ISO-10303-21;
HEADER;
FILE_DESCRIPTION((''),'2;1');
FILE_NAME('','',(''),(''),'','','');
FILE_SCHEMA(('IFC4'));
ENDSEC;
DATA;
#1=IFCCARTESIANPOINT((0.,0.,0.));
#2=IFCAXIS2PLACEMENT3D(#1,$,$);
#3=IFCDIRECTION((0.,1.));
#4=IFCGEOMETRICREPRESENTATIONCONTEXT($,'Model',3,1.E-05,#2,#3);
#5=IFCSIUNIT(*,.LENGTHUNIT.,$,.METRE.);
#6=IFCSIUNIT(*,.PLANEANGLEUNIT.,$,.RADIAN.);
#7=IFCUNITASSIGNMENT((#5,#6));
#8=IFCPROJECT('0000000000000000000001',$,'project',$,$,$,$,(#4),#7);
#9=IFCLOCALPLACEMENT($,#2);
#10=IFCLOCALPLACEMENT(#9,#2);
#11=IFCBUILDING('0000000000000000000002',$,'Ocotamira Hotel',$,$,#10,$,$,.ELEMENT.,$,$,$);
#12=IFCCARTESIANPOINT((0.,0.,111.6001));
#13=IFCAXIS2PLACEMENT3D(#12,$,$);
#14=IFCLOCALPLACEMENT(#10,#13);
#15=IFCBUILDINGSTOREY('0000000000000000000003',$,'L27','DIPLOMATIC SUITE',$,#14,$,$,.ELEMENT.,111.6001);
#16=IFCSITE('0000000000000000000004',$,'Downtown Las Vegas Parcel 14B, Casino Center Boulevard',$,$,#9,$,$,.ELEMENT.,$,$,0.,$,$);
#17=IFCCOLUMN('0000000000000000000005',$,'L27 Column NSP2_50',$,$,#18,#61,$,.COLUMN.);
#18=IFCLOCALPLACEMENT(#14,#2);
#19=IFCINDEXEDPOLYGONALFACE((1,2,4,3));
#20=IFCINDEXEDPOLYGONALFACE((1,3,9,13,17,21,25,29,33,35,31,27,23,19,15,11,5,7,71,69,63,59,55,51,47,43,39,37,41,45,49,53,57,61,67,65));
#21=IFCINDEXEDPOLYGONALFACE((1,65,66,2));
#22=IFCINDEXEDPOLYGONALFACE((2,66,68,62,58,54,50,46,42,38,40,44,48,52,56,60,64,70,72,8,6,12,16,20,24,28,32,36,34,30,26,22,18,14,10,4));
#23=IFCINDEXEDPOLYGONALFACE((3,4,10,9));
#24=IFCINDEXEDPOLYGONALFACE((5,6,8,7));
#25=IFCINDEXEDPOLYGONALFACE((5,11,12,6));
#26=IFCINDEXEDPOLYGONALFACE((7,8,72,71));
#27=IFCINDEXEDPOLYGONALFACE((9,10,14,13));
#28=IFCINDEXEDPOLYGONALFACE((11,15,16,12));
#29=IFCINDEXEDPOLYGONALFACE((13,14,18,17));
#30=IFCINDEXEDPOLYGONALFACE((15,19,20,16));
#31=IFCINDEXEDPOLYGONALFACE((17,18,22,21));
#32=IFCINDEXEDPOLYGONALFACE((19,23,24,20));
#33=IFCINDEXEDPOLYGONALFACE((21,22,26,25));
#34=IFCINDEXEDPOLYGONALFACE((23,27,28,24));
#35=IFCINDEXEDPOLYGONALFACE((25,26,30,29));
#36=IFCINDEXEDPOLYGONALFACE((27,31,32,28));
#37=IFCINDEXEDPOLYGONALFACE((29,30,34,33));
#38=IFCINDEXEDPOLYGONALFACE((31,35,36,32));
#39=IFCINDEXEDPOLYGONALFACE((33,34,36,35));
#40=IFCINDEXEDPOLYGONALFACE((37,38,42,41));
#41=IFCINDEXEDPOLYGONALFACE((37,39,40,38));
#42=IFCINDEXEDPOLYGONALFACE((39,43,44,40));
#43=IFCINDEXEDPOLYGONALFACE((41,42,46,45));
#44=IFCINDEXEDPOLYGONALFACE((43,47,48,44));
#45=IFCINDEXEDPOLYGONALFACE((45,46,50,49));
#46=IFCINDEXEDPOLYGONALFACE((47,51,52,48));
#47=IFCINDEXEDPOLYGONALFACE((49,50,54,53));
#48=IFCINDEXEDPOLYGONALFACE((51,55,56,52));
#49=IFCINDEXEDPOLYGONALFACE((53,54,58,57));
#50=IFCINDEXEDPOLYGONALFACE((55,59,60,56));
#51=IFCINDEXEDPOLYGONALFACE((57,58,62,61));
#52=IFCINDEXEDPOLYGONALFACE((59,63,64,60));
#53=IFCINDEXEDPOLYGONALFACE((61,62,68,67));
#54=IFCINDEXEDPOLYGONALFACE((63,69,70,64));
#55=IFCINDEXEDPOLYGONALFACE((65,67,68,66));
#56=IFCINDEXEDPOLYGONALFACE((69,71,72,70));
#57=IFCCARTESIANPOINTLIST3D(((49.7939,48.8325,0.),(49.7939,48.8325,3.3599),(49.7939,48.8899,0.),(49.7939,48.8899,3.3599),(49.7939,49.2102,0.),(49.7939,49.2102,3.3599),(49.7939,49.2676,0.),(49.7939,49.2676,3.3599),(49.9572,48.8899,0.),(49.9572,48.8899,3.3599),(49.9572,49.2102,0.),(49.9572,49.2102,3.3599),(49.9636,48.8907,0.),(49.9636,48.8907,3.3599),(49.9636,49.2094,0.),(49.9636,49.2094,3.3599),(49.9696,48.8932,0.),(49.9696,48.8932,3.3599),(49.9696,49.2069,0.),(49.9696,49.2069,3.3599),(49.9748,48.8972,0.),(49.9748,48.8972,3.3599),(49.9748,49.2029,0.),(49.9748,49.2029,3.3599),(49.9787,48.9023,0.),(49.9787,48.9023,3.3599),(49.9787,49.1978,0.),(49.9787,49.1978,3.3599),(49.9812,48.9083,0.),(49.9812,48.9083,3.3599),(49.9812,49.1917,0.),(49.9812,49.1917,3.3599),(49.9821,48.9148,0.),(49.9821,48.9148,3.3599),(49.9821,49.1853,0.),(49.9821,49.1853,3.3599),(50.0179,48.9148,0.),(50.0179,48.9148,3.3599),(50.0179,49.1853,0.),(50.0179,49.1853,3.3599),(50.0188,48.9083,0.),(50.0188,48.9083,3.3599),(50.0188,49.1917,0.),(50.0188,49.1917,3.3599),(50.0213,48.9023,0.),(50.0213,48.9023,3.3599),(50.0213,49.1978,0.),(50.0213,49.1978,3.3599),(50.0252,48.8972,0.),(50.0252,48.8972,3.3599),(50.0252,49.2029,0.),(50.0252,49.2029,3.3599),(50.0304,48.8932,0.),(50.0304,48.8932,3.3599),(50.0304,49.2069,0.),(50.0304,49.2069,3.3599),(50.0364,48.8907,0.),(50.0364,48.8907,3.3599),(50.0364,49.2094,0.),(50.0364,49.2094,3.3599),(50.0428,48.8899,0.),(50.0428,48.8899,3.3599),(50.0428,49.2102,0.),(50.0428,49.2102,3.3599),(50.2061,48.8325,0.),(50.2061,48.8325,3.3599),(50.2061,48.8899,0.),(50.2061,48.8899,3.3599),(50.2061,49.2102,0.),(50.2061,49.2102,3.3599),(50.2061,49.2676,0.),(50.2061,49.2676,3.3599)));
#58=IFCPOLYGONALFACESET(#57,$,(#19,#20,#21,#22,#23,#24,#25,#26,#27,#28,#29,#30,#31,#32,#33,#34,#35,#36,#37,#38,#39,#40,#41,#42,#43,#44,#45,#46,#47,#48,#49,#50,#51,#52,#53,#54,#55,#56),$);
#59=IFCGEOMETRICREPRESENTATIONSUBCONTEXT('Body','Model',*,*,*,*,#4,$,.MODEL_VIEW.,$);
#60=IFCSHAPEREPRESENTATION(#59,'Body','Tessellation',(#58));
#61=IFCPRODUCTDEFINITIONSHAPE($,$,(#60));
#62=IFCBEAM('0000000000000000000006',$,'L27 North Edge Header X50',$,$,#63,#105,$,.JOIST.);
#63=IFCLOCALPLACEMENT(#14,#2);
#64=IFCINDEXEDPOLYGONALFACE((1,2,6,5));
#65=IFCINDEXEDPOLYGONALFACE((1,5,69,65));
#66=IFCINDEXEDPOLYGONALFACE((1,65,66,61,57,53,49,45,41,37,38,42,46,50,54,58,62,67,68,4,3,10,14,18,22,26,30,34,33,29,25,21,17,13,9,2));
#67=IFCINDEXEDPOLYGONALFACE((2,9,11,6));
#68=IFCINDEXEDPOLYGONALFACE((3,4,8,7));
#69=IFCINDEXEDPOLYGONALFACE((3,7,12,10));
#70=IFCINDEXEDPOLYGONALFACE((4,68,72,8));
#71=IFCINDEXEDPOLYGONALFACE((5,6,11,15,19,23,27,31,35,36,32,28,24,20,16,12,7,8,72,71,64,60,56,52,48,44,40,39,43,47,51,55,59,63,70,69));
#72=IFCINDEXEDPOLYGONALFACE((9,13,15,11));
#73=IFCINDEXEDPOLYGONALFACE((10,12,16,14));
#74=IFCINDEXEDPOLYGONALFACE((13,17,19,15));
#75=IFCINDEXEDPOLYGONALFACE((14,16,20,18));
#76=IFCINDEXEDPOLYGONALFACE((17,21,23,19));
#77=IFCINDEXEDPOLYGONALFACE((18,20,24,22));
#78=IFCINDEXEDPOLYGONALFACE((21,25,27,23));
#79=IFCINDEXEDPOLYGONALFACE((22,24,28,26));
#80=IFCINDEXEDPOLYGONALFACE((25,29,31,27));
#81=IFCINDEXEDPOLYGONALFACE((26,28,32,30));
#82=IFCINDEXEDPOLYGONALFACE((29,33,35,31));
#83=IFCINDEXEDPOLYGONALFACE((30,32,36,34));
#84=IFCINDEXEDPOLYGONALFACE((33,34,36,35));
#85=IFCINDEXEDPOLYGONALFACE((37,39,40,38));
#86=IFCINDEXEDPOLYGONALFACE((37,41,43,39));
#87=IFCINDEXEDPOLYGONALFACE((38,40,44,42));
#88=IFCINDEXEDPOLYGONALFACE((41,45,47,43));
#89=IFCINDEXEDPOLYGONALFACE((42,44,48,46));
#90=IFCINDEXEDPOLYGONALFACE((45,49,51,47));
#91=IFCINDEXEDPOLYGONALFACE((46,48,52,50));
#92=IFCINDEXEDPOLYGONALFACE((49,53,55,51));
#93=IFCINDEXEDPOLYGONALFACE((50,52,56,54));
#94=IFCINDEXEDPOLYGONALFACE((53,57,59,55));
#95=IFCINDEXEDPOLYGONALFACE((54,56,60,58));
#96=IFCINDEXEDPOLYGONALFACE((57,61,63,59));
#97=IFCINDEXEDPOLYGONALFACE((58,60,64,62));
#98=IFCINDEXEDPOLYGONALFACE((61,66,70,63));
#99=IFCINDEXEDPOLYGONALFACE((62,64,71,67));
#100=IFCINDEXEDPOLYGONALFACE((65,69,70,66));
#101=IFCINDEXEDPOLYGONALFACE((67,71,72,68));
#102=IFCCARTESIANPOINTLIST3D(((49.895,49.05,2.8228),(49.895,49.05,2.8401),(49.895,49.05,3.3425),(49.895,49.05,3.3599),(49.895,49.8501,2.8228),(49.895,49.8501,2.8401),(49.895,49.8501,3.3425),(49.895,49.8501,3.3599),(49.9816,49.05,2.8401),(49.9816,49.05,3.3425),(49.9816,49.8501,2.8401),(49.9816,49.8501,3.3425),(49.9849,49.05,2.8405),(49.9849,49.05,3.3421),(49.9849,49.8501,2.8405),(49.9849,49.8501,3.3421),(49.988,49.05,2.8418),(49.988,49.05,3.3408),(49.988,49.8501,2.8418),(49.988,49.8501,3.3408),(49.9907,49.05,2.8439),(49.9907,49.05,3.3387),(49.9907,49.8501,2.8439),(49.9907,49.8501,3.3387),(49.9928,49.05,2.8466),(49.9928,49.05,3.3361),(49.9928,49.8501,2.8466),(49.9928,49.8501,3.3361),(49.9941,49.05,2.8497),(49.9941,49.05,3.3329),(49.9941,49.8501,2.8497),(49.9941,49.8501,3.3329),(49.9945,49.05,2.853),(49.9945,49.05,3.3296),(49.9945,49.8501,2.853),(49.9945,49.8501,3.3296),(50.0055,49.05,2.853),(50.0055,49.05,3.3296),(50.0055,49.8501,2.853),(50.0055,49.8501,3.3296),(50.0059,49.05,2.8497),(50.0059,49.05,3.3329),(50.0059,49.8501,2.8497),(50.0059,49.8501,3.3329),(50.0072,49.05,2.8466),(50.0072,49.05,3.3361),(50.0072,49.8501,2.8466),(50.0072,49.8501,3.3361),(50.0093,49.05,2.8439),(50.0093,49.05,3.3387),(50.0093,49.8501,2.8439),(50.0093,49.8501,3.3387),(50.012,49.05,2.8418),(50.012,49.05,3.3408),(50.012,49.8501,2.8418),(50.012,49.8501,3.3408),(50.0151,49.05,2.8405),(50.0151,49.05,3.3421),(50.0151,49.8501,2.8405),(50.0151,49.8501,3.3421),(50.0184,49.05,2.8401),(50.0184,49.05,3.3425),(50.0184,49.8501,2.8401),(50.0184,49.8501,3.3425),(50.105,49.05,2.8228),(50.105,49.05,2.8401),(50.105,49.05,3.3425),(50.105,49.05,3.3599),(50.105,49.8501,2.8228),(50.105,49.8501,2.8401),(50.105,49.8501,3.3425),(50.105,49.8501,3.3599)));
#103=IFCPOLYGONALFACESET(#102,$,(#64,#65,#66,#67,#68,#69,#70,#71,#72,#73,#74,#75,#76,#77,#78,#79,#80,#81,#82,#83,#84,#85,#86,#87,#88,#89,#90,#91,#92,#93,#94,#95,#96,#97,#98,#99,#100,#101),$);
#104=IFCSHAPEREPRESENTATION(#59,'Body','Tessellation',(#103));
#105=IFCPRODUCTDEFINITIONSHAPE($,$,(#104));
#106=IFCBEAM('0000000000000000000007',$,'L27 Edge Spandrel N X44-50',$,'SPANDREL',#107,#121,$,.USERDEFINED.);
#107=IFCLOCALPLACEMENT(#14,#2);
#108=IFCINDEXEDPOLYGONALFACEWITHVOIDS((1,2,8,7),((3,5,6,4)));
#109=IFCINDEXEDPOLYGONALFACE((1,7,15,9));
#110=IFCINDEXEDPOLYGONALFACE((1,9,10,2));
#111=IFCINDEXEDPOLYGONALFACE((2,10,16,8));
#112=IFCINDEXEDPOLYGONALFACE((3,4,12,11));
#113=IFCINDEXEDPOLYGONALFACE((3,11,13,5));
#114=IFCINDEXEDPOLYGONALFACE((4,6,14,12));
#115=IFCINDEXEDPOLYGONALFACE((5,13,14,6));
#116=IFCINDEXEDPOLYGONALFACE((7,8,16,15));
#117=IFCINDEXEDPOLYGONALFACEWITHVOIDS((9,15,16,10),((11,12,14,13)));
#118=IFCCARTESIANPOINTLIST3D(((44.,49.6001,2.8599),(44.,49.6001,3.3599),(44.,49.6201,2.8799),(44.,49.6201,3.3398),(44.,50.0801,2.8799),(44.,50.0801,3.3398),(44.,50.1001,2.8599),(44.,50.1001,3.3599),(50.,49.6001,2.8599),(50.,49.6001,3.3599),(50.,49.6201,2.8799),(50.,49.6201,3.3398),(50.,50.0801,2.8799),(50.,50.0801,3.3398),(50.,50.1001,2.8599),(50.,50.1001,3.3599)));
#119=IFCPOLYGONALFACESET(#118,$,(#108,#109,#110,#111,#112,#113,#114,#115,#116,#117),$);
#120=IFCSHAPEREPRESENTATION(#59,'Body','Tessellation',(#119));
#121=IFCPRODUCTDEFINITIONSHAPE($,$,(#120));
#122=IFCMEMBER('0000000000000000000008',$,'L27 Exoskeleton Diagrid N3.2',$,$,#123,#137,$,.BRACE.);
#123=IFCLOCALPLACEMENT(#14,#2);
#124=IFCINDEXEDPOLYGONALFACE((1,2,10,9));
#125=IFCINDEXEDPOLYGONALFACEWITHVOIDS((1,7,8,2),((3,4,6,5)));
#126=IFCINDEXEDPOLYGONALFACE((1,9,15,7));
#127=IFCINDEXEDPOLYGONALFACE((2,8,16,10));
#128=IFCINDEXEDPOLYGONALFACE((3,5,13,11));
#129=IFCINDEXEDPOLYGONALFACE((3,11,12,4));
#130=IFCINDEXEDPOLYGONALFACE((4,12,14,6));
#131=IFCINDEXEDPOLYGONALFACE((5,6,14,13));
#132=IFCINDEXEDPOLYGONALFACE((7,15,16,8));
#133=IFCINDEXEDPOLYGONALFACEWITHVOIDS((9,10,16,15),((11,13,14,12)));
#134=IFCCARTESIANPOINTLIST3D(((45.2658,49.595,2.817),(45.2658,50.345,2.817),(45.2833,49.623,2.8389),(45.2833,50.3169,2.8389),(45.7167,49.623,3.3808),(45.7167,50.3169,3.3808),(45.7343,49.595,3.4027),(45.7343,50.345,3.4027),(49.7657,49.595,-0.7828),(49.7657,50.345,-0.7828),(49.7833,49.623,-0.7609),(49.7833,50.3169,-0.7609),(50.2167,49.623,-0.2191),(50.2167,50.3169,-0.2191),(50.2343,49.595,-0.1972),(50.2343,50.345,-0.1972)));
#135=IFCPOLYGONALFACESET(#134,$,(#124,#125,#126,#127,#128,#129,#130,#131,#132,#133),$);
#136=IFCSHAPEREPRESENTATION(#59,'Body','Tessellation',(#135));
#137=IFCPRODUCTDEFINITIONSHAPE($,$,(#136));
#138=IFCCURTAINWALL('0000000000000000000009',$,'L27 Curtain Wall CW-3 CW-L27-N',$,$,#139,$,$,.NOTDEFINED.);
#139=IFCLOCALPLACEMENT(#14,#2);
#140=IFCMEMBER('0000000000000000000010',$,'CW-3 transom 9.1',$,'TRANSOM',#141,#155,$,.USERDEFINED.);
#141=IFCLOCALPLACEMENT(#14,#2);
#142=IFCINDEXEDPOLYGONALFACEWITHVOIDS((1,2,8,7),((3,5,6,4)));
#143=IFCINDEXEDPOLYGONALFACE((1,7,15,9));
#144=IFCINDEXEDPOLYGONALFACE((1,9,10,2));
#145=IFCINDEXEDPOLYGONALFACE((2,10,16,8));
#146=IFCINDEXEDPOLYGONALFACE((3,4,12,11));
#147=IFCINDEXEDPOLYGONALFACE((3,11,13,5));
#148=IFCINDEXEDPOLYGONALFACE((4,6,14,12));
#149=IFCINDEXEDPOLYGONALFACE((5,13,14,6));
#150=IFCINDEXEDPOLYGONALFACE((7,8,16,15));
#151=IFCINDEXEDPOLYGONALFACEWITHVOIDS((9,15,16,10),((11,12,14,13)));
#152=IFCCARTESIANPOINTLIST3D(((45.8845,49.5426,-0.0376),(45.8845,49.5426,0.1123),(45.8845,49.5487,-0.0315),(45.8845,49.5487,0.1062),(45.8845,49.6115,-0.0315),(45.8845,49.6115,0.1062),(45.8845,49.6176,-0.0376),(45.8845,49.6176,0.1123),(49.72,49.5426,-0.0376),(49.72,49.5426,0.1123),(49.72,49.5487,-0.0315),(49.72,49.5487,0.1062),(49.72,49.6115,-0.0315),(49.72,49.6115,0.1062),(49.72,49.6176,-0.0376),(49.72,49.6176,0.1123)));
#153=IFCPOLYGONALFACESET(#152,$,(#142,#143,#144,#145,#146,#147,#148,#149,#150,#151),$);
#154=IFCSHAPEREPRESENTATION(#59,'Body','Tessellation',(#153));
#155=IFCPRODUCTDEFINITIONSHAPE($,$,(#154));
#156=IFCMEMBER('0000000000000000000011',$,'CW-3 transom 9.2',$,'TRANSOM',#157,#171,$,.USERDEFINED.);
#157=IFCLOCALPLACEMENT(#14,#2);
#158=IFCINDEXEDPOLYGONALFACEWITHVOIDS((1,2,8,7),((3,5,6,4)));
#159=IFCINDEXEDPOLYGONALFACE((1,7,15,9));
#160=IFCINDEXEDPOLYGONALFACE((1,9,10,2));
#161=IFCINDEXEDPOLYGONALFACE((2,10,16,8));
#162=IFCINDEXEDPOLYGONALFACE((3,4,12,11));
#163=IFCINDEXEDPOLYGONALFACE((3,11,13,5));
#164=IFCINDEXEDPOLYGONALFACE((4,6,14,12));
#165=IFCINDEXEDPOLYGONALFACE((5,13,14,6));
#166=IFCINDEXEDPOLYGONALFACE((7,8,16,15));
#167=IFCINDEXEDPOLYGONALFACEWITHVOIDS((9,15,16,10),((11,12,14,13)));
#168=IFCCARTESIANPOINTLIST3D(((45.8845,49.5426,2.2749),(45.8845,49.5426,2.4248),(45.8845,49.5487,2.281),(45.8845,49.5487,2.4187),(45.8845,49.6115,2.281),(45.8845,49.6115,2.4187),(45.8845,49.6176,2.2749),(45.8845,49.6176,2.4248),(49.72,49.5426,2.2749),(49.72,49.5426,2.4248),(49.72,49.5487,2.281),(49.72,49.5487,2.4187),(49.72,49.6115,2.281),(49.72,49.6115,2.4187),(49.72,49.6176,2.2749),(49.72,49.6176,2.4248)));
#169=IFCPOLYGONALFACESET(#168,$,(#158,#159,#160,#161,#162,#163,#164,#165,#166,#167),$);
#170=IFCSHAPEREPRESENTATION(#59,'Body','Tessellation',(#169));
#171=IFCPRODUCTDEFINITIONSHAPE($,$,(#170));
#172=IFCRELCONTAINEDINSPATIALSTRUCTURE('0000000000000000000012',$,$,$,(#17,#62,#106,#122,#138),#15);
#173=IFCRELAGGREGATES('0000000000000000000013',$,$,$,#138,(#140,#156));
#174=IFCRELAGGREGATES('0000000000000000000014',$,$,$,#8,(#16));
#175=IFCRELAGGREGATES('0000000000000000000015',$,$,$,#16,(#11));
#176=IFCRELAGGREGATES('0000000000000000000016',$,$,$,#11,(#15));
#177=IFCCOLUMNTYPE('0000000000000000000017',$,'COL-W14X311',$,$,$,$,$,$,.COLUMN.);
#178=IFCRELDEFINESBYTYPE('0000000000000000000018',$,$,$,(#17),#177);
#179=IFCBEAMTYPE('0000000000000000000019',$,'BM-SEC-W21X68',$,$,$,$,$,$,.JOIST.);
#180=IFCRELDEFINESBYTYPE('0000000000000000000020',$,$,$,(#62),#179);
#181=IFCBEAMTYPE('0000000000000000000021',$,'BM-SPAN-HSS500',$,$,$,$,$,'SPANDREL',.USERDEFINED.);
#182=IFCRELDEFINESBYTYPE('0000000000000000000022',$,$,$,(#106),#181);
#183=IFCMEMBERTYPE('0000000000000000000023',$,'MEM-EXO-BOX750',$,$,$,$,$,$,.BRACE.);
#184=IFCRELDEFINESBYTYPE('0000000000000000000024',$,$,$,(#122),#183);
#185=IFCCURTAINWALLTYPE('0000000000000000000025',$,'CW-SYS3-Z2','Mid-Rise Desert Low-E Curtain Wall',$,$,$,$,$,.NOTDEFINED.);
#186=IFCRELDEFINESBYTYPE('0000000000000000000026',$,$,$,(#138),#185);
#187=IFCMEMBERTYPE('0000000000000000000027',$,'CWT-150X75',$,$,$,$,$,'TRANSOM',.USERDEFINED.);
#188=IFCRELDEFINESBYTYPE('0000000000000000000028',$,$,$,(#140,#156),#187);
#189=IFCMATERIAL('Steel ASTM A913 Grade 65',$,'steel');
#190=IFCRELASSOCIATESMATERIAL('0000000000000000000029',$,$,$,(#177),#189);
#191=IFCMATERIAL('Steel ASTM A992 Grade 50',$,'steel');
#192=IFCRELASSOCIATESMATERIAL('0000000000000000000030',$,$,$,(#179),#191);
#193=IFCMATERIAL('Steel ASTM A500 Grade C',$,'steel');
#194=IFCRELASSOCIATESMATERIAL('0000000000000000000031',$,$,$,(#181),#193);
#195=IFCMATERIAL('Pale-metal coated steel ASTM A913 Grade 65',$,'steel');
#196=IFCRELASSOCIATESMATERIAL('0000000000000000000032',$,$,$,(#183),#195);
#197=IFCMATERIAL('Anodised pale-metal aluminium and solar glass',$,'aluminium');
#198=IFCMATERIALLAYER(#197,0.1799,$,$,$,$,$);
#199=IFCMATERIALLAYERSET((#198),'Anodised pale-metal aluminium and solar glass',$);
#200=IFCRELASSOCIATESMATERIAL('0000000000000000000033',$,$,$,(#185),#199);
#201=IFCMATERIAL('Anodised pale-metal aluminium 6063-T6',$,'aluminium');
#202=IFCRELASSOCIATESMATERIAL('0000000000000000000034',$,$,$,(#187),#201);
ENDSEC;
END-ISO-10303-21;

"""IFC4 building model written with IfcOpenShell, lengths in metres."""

from ifc_helpers import new_model, si_unit, direction, frame, origin, origin_2d, place, context, subcontext, project, spatial, hollow_rectangle, i_section, extrude, source, transform, mapped, material, layer, layer_set, material_profile, profile_set, type_object, element, aggregate, save


model = new_model("IFC4")

# Units and contexts
model_context = context("Model", 3, precision=1e-05, world=origin(), true_north=direction((0.0, 1.0)))
body_context = subcontext(model_context, "Body", "Model", "MODEL_VIEW")
ifc_project = project(units=[si_unit("LENGTHUNIT", "METRE"), si_unit("PLANEANGLEUNIT", "RADIAN")], contexts=[model_context])

# Site, building, storey
site_placement = place(None, origin())
site = spatial("IfcSite", under=ifc_project, at=site_placement, Name="Downtown Las Vegas Parcel 14B, Casino Center Boulevard", CompositionType="ELEMENT", RefElevation=0.0)
building_placement = place(site_placement, origin())
building = spatial("IfcBuilding", under=site, at=building_placement, Name="Ocotamira Hotel", CompositionType="ELEMENT")
storey_placement = place(building_placement, frame((0.0, 0.0, 111.6001)))
storey = spatial("IfcBuildingStorey", under=building, at=storey_placement, Name="L27", Description="DIPLOMATIC SUITE", CompositionType="ELEMENT", Elevation=111.6001)

# Column
ifc_material_1 = material(Name="Steel ASTM A913 Grade 65", Category="steel")
ifc_material_profile_1 = material_profile(ifc_material_1, i_section(OverallWidth=0.4121, OverallDepth=0.4351, WebThickness=0.0359, FlangeThickness=0.0574, FilletRadius=0.0249, at=origin_2d()), Name="W14X311")
ifc_profile_set_1 = profile_set([ifc_material_profile_1], Name="Steel ASTM A913 Grade 65")
column_type = type_object("IfcColumnType", Name="COL-W14X311", PredefinedType="COLUMN", material=ifc_profile_set_1)
shared_shape_1 = source(origin(), body_context, "Body", "SweptSolid", [
    extrude(i_section(OverallWidth=0.4121, OverallDepth=0.4351, WebThickness=0.0359, FlangeThickness=0.0574, FilletRadius=0.0249, at=origin_2d()), origin(), (0.0, 0.0, 1.0), 3.3599),
])
column_placement = place(storey_placement, frame((50.0, 49.05, 0.0), z_axis=(0.0, 0.0, 1.0), x_axis=(1.0, 0.0, 0.0)))
element("IfcColumn", 1, at=column_placement, inside=storey, type_object=column_type, Name="L27 Column NSP2_50", PredefinedType="COLUMN", context=body_context, shape_type="MappedRepresentation", body=[
    mapped(shared_shape_1, transform((0.0, 0.0, 0.0), scale=1.0)),
])

# Beams
ifc_material_2 = material(Name="Steel ASTM A992 Grade 50", Category="steel")
ifc_material_profile_2 = material_profile(ifc_material_2, i_section(OverallWidth=0.21, OverallDepth=0.5371, WebThickness=0.011, FlangeThickness=0.0173, FilletRadius=0.0129, at=origin_2d()), Name="W21X68")
ifc_profile_set_2 = profile_set([ifc_material_profile_2], Name="Steel ASTM A992 Grade 50")
beam_type_1 = type_object("IfcBeamType", Name="BM-SEC-W21X68", PredefinedType="JOIST", material=ifc_profile_set_2)
shared_shape_2 = source(origin(), body_context, "Body", "SweptSolid", [
    extrude(i_section(OverallWidth=0.21, OverallDepth=0.5371, WebThickness=0.011, FlangeThickness=0.0173, FilletRadius=0.0129, at=origin_2d()), origin(), (0.0, 0.0, 1.0), 0.8),
])
beam_1_placement = place(storey_placement, frame((50.0, 49.05, 3.0913), z_axis=(0.0, 1.0, 0.0), x_axis=(-1.0, 0.0, 0.0)))
element("IfcBeam", 2, at=beam_1_placement, inside=storey, type_object=beam_type_1, Name="L27 North Edge Header X50", PredefinedType="JOIST", context=body_context, shape_type="MappedRepresentation", body=[
    mapped(shared_shape_2, transform((0.0, 0.0, 0.0), scale=1.0)),
])
ifc_material_3 = material(Name="Steel ASTM A500 Grade C", Category="steel")
ifc_material_profile_3 = material_profile(ifc_material_3, hollow_rectangle(XDim=0.5, YDim=0.5, WallThickness=0.02, at=origin_2d()), Name="HSS500X500X20")
ifc_profile_set_3 = profile_set([ifc_material_profile_3], Name="Steel ASTM A500 Grade C")
beam_type_2 = type_object("IfcBeamType", Name="BM-SPAN-HSS500", ElementType="SPANDREL", PredefinedType="USERDEFINED", material=ifc_profile_set_3)
shared_shape_3 = source(origin(), body_context, "Body", "SweptSolid", [
    extrude(hollow_rectangle(XDim=0.5, YDim=0.5, WallThickness=0.02, at=origin_2d()), origin(), (0.0, 0.0, 1.0), 6.0),
])
beam_2_placement = place(storey_placement, frame((44.0, 49.8501, 3.1099), z_axis=(1.0, 0.0, 0.0), x_axis=(0.0, 1.0, 0.0)))
element("IfcBeam", 3, at=beam_2_placement, inside=storey, type_object=beam_type_2, Name="L27 Edge Spandrel N X44-50", ObjectType="SPANDREL", PredefinedType="USERDEFINED", context=body_context, shape_type="MappedRepresentation", body=[
    mapped(shared_shape_3, transform((0.0, 0.0, 0.0), scale=1.0)),
])

# Member
ifc_material_4 = material(Name="Pale-metal coated steel ASTM A913 Grade 65", Category="steel")
ifc_material_profile_4 = material_profile(ifc_material_4, hollow_rectangle(XDim=0.75, YDim=0.75, WallThickness=0.0281, at=origin_2d()), Name="BOX750X750X28")
ifc_profile_set_4 = profile_set([ifc_material_profile_4], Name="Pale-metal coated steel ASTM A913 Grade 65")
member_type_1 = type_object("IfcMemberType", Name="MEM-EXO-BOX750", PredefinedType="BRACE", material=ifc_profile_set_4)
shared_shape_4 = source(origin(), body_context, "Body", "SweptSolid", [
    extrude(hollow_rectangle(XDim=0.75, YDim=0.75, WallThickness=0.0281, at=origin_2d()), origin(), (0.0, 0.0, 1.0), 5.7627),
])
member_1_placement = place(storey_placement, frame((50.0, 49.97, -0.49), z_axis=(-0.780881, 0.0, 0.62468), x_axis=(0.0, -1.0, 0.0)))
element("IfcMember", 4, at=member_1_placement, inside=storey, type_object=member_type_1, Name="L27 Exoskeleton Diagrid N3.2", PredefinedType="BRACE", context=body_context, shape_type="MappedRepresentation", body=[
    mapped(shared_shape_4, transform((0.0, 0.0, 0.0), scale=1.0)),
])

# Curtain wall, members
ifc_material_5 = material(Name="Anodised pale-metal aluminium and solar glass", Category="aluminium")
ifc_layer_1 = layer(ifc_material_5, 0.1799)
ifc_layer_set_1 = layer_set([ifc_layer_1], Name="Anodised pale-metal aluminium and solar glass")
curtain_wall_type = type_object("IfcCurtainWallType", Name="CW-SYS3-Z2", Description="Mid-Rise Desert Low-E Curtain Wall", PredefinedType="NOTDEFINED", material=ifc_layer_set_1)
curtain_wall_1_placement = place(storey_placement, origin())
curtain_wall_1 = element("IfcCurtainWall", 5, at=curtain_wall_1_placement, inside=storey, type_object=curtain_wall_type, Name="L27 Curtain Wall CW-3 CW-L27-N", PredefinedType="NOTDEFINED")
ifc_material_6 = material(Name="Anodised pale-metal aluminium 6063-T6", Category="aluminium")
ifc_material_profile_5 = material_profile(ifc_material_6, hollow_rectangle(XDim=0.075, YDim=0.1499, WallThickness=0.0061, at=origin_2d()), Name="HSS150X75X6")
ifc_profile_set_5 = profile_set([ifc_material_profile_5], Name="Anodised pale-metal aluminium 6063-T6")
member_type_2 = type_object("IfcMemberType", Name="CWT-150X75", ElementType="TRANSOM", PredefinedType="USERDEFINED", material=ifc_profile_set_5)
shared_shape_5 = source(origin(), body_context, "Body", "SweptSolid", [
    extrude(hollow_rectangle(XDim=0.075, YDim=0.1499, WallThickness=0.0061, at=origin_2d()), origin(), (0.0, 0.0, 1.0), 3.8354),
])
member_2_placement = place(storey_placement, frame((45.8845, 49.5801, 0.0374), z_axis=(1.0, 0.0, 0.0), x_axis=(0.0, 1.0, 0.0)))
member_2 = element("IfcMember", 6, at=member_2_placement, type_object=member_type_2, Name="CW-3 transom 9.1", ObjectType="TRANSOM", PredefinedType="USERDEFINED", context=body_context, shape_type="MappedRepresentation", body=[
    mapped(shared_shape_5, transform((0.0, 0.0, 0.0), scale=1.0)),
])
member_3_placement = place(storey_placement, frame((45.8845, 49.5801, 2.3499), z_axis=(1.0, 0.0, 0.0), x_axis=(0.0, 1.0, 0.0)))
member_3 = element("IfcMember", 7, at=member_3_placement, type_object=member_type_2, Name="CW-3 transom 9.2", ObjectType="TRANSOM", PredefinedType="USERDEFINED", context=body_context, shape_type="MappedRepresentation", body=[
    mapped(shared_shape_5, transform((0.0, 0.0, 0.0), scale=1.0)),
])

aggregate(curtain_wall_1, [member_2, member_3])

save(model, "model.ifc")
